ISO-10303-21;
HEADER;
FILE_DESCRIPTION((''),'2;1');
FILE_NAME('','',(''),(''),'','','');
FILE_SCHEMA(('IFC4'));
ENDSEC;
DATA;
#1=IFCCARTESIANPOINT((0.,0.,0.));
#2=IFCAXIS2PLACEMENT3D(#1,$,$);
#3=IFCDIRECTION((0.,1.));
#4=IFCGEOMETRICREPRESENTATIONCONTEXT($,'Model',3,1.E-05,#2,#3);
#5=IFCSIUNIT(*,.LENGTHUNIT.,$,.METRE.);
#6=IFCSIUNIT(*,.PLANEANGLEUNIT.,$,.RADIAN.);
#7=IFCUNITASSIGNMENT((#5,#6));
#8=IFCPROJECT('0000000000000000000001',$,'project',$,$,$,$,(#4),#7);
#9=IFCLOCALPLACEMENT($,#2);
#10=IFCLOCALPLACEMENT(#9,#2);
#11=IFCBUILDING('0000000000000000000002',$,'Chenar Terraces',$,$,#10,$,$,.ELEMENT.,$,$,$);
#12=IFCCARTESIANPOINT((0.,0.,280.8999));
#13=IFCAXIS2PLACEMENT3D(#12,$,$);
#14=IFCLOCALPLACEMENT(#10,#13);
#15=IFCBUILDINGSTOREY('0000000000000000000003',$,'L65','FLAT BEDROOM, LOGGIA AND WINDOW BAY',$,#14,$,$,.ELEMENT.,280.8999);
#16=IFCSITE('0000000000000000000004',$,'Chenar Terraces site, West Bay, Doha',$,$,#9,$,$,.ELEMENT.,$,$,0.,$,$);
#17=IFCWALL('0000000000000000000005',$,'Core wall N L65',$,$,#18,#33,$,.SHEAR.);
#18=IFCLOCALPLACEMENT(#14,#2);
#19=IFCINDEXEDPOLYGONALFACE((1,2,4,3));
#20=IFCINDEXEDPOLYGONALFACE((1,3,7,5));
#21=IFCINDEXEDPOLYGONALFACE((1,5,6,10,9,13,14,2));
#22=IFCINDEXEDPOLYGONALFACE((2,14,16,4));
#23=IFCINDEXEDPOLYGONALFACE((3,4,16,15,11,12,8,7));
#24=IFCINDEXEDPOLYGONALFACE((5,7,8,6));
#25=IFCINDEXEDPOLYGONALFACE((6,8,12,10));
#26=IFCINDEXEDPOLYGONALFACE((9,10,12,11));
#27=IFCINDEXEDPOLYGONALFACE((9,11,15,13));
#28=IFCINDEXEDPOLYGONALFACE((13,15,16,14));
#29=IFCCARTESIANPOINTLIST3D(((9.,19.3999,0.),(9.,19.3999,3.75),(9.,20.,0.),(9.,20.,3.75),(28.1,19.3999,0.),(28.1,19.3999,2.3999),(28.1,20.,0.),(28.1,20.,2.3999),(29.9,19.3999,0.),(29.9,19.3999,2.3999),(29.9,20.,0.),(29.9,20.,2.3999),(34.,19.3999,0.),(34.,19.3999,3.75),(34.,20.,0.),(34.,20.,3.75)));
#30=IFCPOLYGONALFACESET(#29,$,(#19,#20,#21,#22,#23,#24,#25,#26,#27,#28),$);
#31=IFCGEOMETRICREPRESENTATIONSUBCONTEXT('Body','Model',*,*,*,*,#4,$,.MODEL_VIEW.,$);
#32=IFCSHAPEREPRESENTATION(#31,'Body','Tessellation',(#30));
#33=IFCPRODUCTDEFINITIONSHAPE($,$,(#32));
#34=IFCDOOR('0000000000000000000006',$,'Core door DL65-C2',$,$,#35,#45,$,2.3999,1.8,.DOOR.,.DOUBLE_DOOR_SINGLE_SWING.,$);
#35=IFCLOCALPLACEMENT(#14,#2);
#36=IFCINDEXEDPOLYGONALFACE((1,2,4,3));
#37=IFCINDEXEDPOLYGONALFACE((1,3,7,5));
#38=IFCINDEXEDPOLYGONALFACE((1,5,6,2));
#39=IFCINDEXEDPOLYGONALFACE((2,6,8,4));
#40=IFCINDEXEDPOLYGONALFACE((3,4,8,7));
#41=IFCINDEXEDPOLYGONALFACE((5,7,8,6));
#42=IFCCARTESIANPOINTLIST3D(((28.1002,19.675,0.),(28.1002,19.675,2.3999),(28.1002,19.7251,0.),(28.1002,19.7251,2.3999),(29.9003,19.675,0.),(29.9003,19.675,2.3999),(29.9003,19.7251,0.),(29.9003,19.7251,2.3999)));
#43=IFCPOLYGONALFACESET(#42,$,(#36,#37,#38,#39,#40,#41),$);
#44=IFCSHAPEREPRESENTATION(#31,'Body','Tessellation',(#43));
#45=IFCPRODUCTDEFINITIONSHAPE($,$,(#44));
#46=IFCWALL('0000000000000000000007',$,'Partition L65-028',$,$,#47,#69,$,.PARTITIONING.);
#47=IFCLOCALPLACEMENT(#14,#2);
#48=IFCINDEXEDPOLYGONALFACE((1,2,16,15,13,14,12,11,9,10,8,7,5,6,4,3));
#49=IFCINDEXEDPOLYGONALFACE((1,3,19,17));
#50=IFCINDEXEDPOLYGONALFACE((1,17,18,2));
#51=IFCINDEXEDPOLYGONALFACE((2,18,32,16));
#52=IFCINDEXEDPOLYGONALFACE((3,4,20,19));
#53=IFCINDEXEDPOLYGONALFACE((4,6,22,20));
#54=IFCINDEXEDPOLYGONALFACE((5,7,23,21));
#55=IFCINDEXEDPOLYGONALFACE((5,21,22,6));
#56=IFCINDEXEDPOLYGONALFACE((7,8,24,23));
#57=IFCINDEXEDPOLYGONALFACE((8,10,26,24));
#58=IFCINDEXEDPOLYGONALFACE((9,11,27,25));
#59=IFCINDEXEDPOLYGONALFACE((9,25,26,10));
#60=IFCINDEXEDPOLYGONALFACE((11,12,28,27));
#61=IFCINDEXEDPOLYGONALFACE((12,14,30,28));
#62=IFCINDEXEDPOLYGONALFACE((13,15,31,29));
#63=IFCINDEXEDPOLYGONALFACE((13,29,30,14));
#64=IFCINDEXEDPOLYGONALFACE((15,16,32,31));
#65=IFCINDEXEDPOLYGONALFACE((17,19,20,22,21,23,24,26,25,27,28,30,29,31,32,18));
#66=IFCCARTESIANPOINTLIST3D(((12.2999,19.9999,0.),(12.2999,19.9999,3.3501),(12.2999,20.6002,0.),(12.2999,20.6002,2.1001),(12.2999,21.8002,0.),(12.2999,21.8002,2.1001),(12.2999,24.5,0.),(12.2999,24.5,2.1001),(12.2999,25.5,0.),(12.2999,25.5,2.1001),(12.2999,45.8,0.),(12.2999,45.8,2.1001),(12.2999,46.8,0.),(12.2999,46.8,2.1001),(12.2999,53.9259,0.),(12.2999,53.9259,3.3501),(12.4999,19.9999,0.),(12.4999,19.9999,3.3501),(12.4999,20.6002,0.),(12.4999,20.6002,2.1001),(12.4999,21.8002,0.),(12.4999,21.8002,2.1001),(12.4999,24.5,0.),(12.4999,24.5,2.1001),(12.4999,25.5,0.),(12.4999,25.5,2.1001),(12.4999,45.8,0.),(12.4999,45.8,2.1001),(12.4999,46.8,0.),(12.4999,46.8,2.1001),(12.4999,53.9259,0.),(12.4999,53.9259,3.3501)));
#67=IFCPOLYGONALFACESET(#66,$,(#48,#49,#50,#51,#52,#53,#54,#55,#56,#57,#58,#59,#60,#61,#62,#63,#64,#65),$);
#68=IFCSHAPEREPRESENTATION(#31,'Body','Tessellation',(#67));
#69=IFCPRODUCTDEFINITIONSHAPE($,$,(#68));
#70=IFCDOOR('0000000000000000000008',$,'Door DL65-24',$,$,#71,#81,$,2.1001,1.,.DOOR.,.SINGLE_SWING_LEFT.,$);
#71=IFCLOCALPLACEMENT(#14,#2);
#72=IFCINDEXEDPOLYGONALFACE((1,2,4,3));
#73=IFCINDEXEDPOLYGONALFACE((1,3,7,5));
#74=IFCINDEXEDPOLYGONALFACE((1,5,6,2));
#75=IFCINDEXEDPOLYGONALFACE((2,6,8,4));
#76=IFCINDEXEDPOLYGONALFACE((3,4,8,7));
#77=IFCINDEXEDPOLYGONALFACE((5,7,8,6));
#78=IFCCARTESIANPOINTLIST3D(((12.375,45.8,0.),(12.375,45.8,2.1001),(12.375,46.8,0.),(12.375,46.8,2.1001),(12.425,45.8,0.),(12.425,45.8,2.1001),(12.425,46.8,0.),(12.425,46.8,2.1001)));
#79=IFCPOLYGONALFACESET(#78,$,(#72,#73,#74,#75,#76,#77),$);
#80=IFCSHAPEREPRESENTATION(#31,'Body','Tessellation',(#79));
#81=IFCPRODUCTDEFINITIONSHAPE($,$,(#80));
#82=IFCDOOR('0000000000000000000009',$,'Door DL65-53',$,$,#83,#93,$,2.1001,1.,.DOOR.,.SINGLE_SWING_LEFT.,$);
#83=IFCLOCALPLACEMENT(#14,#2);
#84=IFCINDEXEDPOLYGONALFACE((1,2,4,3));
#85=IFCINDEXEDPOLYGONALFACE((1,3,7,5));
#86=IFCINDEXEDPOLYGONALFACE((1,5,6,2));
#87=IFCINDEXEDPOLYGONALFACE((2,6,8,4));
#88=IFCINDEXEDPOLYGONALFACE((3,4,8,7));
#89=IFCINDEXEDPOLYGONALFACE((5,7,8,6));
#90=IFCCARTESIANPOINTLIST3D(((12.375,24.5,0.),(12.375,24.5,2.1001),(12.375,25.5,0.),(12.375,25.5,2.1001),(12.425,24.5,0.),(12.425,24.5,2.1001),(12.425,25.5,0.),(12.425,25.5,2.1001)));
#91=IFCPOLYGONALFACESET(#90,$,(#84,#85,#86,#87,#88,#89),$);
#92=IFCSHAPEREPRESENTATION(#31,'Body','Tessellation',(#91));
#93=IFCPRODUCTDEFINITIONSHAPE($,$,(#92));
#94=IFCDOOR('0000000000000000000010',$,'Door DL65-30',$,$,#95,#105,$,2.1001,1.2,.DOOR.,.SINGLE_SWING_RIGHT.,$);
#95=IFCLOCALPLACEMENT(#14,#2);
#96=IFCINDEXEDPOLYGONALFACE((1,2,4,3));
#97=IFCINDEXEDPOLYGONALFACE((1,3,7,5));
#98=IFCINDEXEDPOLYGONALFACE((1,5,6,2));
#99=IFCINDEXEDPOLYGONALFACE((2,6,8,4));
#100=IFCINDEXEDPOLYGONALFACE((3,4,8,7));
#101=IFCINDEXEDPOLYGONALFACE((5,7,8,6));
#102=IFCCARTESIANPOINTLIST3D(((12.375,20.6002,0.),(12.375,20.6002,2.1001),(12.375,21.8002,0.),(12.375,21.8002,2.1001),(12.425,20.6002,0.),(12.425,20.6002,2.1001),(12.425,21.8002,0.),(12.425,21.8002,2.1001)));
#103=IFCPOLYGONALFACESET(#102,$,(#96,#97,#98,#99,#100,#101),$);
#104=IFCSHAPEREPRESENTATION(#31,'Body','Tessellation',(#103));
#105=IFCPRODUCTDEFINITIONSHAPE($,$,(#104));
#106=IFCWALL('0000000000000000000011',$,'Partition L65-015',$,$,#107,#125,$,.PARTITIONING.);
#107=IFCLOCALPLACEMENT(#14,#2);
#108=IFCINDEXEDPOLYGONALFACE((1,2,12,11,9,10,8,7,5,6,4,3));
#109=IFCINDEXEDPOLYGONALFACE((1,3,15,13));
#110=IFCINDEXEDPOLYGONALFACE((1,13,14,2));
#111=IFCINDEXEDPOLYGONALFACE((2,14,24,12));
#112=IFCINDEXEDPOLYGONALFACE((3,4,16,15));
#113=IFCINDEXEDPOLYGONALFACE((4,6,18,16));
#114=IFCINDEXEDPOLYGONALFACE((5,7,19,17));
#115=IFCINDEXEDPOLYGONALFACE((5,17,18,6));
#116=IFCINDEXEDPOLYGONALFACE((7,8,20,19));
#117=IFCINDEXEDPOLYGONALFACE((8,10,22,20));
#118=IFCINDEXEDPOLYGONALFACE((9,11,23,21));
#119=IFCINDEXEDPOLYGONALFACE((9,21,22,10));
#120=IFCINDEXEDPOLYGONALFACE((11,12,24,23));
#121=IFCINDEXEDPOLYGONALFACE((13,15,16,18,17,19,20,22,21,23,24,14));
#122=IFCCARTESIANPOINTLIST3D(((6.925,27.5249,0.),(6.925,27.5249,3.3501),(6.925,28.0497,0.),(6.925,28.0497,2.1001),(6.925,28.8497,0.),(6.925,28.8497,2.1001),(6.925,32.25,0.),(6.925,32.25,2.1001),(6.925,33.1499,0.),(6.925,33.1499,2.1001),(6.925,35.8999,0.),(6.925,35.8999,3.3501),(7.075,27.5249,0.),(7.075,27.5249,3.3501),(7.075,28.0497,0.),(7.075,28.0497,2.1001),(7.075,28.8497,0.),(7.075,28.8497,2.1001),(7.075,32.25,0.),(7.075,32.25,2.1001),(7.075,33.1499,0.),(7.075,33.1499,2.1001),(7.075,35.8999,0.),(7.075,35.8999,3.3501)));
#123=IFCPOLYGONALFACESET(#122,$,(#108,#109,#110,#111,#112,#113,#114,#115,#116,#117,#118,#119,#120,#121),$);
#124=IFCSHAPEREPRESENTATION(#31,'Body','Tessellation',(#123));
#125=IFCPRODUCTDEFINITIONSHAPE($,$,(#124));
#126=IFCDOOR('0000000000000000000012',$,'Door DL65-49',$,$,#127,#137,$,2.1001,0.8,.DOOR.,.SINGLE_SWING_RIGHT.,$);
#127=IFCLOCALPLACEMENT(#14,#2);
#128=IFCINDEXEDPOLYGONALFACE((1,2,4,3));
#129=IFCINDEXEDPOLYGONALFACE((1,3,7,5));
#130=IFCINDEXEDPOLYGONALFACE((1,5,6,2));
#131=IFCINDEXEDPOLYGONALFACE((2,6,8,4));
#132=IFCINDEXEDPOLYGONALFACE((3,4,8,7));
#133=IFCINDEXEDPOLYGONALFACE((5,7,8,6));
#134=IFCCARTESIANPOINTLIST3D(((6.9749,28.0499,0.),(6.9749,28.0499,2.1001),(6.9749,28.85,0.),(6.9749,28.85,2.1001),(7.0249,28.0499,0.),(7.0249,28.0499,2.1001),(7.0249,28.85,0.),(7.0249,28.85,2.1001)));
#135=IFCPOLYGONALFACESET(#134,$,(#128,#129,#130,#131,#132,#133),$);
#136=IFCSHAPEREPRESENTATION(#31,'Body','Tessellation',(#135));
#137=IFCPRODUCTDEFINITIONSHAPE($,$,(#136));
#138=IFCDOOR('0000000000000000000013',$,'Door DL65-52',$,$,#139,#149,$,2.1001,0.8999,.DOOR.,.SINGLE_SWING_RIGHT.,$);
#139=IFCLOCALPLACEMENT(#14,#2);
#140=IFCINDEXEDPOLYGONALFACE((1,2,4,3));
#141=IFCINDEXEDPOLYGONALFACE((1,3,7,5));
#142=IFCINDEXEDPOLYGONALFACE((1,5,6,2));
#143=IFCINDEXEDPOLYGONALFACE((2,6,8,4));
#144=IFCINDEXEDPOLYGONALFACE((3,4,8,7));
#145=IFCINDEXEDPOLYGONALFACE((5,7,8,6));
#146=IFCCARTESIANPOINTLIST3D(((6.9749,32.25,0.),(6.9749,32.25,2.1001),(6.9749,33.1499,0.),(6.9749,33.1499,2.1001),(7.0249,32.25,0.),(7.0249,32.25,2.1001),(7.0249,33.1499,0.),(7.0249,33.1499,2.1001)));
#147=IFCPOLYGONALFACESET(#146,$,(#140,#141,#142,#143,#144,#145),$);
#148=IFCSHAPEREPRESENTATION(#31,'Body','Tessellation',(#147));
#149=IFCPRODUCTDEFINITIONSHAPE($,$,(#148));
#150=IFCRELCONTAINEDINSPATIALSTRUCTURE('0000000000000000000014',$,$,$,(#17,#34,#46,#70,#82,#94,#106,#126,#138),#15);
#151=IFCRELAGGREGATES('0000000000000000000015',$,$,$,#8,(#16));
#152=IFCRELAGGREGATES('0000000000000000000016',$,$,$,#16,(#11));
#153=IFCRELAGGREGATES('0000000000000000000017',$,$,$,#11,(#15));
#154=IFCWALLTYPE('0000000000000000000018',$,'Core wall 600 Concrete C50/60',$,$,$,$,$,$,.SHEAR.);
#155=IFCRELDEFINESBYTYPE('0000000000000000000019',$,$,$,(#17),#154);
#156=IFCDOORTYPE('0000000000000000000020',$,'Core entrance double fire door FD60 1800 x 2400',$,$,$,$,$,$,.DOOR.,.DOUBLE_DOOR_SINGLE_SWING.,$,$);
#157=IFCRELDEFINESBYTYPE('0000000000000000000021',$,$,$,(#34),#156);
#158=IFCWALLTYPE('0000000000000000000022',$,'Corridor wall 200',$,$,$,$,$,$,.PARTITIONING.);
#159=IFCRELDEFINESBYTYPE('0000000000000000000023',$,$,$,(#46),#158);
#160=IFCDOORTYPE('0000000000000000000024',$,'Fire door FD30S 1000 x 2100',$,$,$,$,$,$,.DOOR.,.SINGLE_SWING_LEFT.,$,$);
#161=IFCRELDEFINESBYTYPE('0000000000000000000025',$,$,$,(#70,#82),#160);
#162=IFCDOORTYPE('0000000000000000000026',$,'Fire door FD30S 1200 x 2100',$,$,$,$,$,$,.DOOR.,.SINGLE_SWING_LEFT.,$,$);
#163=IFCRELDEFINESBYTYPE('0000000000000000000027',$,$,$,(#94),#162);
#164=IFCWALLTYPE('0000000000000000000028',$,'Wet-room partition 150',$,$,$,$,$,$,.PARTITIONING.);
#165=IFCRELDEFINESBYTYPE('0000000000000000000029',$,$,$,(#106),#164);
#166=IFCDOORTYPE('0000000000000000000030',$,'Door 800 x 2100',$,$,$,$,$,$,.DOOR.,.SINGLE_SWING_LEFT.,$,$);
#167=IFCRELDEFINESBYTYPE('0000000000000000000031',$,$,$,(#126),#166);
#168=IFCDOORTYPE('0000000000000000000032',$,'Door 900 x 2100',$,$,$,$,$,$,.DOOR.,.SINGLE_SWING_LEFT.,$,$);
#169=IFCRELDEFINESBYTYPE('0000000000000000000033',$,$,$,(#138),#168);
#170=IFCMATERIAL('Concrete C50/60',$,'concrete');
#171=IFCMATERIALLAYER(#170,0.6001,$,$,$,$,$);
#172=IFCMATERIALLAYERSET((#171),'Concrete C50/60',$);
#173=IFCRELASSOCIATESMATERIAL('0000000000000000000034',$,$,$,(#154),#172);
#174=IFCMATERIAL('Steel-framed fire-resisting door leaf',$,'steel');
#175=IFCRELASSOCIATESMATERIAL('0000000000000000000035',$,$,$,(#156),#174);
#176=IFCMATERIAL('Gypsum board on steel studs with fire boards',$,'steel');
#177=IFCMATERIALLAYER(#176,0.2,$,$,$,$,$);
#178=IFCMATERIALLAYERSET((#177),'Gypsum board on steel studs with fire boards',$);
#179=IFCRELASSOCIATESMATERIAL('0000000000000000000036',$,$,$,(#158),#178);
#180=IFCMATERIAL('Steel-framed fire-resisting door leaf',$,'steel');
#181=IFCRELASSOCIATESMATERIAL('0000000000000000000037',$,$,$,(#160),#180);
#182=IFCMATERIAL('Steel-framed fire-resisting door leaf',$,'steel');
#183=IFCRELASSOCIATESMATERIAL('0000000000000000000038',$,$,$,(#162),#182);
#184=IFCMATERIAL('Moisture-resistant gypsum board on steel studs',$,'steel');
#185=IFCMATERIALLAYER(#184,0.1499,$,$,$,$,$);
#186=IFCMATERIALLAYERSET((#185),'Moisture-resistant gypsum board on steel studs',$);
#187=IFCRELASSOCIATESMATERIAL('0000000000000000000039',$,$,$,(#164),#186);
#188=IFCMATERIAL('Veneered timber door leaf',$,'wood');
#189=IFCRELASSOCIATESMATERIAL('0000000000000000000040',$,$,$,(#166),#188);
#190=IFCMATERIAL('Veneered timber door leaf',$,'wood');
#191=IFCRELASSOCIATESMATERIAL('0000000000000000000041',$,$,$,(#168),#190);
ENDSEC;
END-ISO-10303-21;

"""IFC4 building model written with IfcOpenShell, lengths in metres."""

from ifc_helpers import new_model, si_unit, direction, frame, frame_2d, origin, place, context, subcontext, project, spatial, rectangle, extrude, material, layer, layer_set, type_object, element, fill, save


model = new_model("IFC4")

# Units and contexts
model_context = context("Model", 3, precision=1e-05, world=origin(), true_north=direction((0.0, 1.0)))
body_context = subcontext(model_context, "Body", "Model", "MODEL_VIEW")
ifc_project = project(units=[si_unit("LENGTHUNIT", "METRE"), si_unit("PLANEANGLEUNIT", "RADIAN")], contexts=[model_context])

# Site, building, storey
site_placement = place(None, origin())
site = spatial("IfcSite", under=ifc_project, at=site_placement, Name="Chenar Terraces site, West Bay, Doha", CompositionType="ELEMENT", RefElevation=0.0)
building_placement = place(site_placement, origin())
building = spatial("IfcBuilding", under=site, at=building_placement, Name="Chenar Terraces", CompositionType="ELEMENT")
storey_placement = place(building_placement, frame((0.0, 0.0, 280.8999)))
storey = spatial("IfcBuildingStorey", under=building, at=storey_placement, Name="L65", Description="FLAT BEDROOM, LOGGIA AND WINDOW BAY", CompositionType="ELEMENT", Elevation=280.8999)

# Wall, opening, door
ifc_material_1 = material(Name="Concrete C50/60", Category="concrete")
ifc_layer_1 = layer(ifc_material_1, 0.6001)
ifc_layer_set_1 = layer_set([ifc_layer_1], Name="Concrete C50/60")
wall_type_1 = type_object("IfcWallType", Name="Core wall 600 Concrete C50/60", PredefinedType="SHEAR", material=ifc_layer_set_1)
wall_1_placement = place(storey_placement, frame((9.0, 19.7, 0.0), z_axis=(0.0, 0.0, 1.0), x_axis=(1.0, 0.0, 0.0)))
wall_1 = element("IfcWall", 1, at=wall_1_placement, inside=storey, type_object=wall_type_1, Name="Core wall N L65", PredefinedType="SHEAR", context=body_context, shape_type="SweptSolid", body=[
    extrude(rectangle(XDim=25.0, YDim=0.6001, at=frame_2d((12.5, 0.0))), origin(), (0.0, 0.0, 1.0), 3.75),
])
opening_1_placement = place(wall_1_placement, frame((19.1001, 0.0, 0.0)))
opening_1 = element("IfcOpeningElement", 2, at=opening_1_placement, cuts=wall_1, PredefinedType="OPENING", context=body_context, shape_type="SweptSolid", body=[
    extrude(rectangle(XDim=1.8, YDim=2.3999, at=frame_2d((0.8999, 1.2))), frame((0.0, 0.3101, 0.0), z_axis=(0.0, -1.0, 0.0), x_axis=(1.0, 0.0, 0.0)), (0.0, 0.0, 1.0), 0.6201),
])
ifc_material_2 = material(Name="Steel-framed fire-resisting door leaf", Category="steel")
door_type_1 = type_object("IfcDoorType", Name="Core entrance double fire door FD60 1800 x 2400", OperationType="DOUBLE_DOOR_SINGLE_SWING", PredefinedType="DOOR", material=ifc_material_2)
door_1_placement = place(opening_1_placement, frame((1.8, 0.0, 0.0), z_axis=(0.0, 0.0, 1.0), x_axis=(-1.0, 0.0, 0.0)))
door_1 = element("IfcDoor", 3, at=door_1_placement, inside=storey, type_object=door_type_1, Name="Core door DL65-C2", OperationType="DOUBLE_DOOR_SINGLE_SWING", OverallHeight=2.3999, OverallWidth=1.8, PredefinedType="DOOR", context=body_context, shape_type="SweptSolid", body=[
    extrude(rectangle(XDim=1.8, YDim=2.3999, at=frame_2d((0.8999, 1.2))), frame((0.0, 0.0249, 0.0), z_axis=(0.0, -1.0, 0.0), x_axis=(1.0, 0.0, 0.0)), (0.0, 0.0, 1.0), 0.05),
])
fill(opening_1, door_1)

# Walls, openings, doors
ifc_material_3 = material(Name="Gypsum board on steel studs with fire boards", Category="steel")
ifc_layer_2 = layer(ifc_material_3, 0.2)
ifc_layer_set_2 = layer_set([ifc_layer_2], Name="Gypsum board on steel studs with fire boards")
wall_type_2 = type_object("IfcWallType", Name="Corridor wall 200", PredefinedType="PARTITIONING", material=ifc_layer_set_2)
wall_2_placement = place(storey_placement, frame((12.3999, 20.0, 0.0), z_axis=(0.0, 0.0, 1.0), x_axis=(0.0, 1.0, 0.0)))
wall_2 = element("IfcWall", 4, at=wall_2_placement, inside=storey, type_object=wall_type_2, Name="Partition L65-028", PredefinedType="PARTITIONING", context=body_context, shape_type="SweptSolid", body=[
    extrude(rectangle(XDim=33.926, YDim=0.2, at=frame_2d((16.9629, 0.0))), origin(), (0.0, 0.0, 1.0), 3.3501),
])
opening_2_placement = place(wall_2_placement, frame((25.8, 0.0, 0.0)))
opening_2 = element("IfcOpeningElement", 5, at=opening_2_placement, cuts=wall_2, PredefinedType="OPENING", context=body_context, shape_type="SweptSolid", body=[
    extrude(rectangle(XDim=1.0, YDim=2.1001, at=frame_2d((0.5, 1.05))), frame((0.0, 0.1099, 0.0), z_axis=(0.0, -1.0, 0.0), x_axis=(1.0, 0.0, 0.0)), (0.0, 0.0, 1.0), 0.22),
])
opening_3_placement = place(wall_2_placement, frame((0.6001, 0.0, 0.0)))
opening_3 = element("IfcOpeningElement", 6, at=opening_3_placement, cuts=wall_2, PredefinedType="OPENING", context=body_context, shape_type="SweptSolid", body=[
    extrude(rectangle(XDim=1.2, YDim=2.1001, at=frame_2d((0.6001, 1.05))), frame((0.0, 0.1099, 0.0), z_axis=(0.0, -1.0, 0.0), x_axis=(1.0, 0.0, 0.0)), (0.0, 0.0, 1.0), 0.22),
])
opening_4_placement = place(wall_2_placement, frame((4.5, 0.0, 0.0)))
opening_4 = element("IfcOpeningElement", 7, at=opening_4_placement, cuts=wall_2, PredefinedType="OPENING", context=body_context, shape_type="SweptSolid", body=[
    extrude(rectangle(XDim=1.0, YDim=2.1001, at=frame_2d((0.5, 1.05))), frame((0.0, 0.1099, 0.0), z_axis=(0.0, -1.0, 0.0), x_axis=(1.0, 0.0, 0.0)), (0.0, 0.0, 1.0), 0.22),
])
ifc_material_4 = material(Name="Steel-framed fire-resisting door leaf", Category="steel")
door_type_2 = type_object("IfcDoorType", Name="Fire door FD30S 1000 x 2100", OperationType="SINGLE_SWING_LEFT", PredefinedType="DOOR", material=ifc_material_4)
door_2_placement = place(opening_2_placement, origin())
door_2 = element("IfcDoor", 8, at=door_2_placement, inside=storey, type_object=door_type_2, Name="Door DL65-24", OperationType="SINGLE_SWING_LEFT", OverallHeight=2.1001, OverallWidth=1.0, PredefinedType="DOOR", context=body_context, shape_type="SweptSolid", body=[
    extrude(rectangle(XDim=1.0, YDim=2.1001, at=frame_2d((0.5, 1.05))), frame((0.0, 0.0249, 0.0), z_axis=(0.0, -1.0, 0.0), x_axis=(1.0, 0.0, 0.0)), (0.0, 0.0, 1.0), 0.05),
])
fill(opening_2, door_2)
door_3_placement = place(opening_4_placement, origin())
door_3 = element("IfcDoor", 9, at=door_3_placement, inside=storey, type_object=door_type_2, Name="Door DL65-53", OperationType="SINGLE_SWING_LEFT", OverallHeight=2.1001, OverallWidth=1.0, PredefinedType="DOOR", context=body_context, shape_type="SweptSolid", body=[
    extrude(rectangle(XDim=1.0, YDim=2.1001, at=frame_2d((0.5, 1.05))), frame((0.0, 0.0249, 0.0), z_axis=(0.0, -1.0, 0.0), x_axis=(1.0, 0.0, 0.0)), (0.0, 0.0, 1.0), 0.05),
])
fill(opening_4, door_3)
ifc_material_5 = material(Name="Steel-framed fire-resisting door leaf", Category="steel")
door_type_3 = type_object("IfcDoorType", Name="Fire door FD30S 1200 x 2100", OperationType="SINGLE_SWING_LEFT", PredefinedType="DOOR", material=ifc_material_5)
door_4_placement = place(opening_3_placement, origin())
door_4 = element("IfcDoor", 10, at=door_4_placement, inside=storey, type_object=door_type_3, Name="Door DL65-30", OperationType="SINGLE_SWING_RIGHT", OverallHeight=2.1001, OverallWidth=1.2, PredefinedType="DOOR", context=body_context, shape_type="SweptSolid", body=[
    extrude(rectangle(XDim=1.2, YDim=2.1001, at=frame_2d((0.6001, 1.05))), frame((0.0, 0.0249, 0.0), z_axis=(0.0, -1.0, 0.0), x_axis=(1.0, 0.0, 0.0)), (0.0, 0.0, 1.0), 0.05),
])
fill(opening_3, door_4)
ifc_material_6 = material(Name="Moisture-resistant gypsum board on steel studs", Category="steel")
ifc_layer_3 = layer(ifc_material_6, 0.1499)
ifc_layer_set_3 = layer_set([ifc_layer_3], Name="Moisture-resistant gypsum board on steel studs")
wall_type_3 = type_object("IfcWallType", Name="Wet-room partition 150", PredefinedType="PARTITIONING", material=ifc_layer_set_3)
wall_3_placement = place(storey_placement, frame((7.0, 27.5249, 0.0), z_axis=(0.0, 0.0, 1.0), x_axis=(0.0, 1.0, 0.0)))
wall_3 = element("IfcWall", 11, at=wall_3_placement, inside=storey, type_object=wall_type_3, Name="Partition L65-015", PredefinedType="PARTITIONING", context=body_context, shape_type="SweptSolid", body=[
    extrude(rectangle(XDim=8.375, YDim=0.1499, at=frame_2d((4.1875, 0.0))), origin(), (0.0, 0.0, 1.0), 3.3501),
])
opening_5_placement = place(wall_3_placement, frame((0.5249, 0.0, 0.0)))
opening_5 = element("IfcOpeningElement", 12, at=opening_5_placement, cuts=wall_3, PredefinedType="OPENING", context=body_context, shape_type="SweptSolid", body=[
    extrude(rectangle(XDim=0.8, YDim=2.1001, at=frame_2d((0.3999, 1.05))), frame((0.0, 0.085, 0.0), z_axis=(0.0, -1.0, 0.0), x_axis=(1.0, 0.0, 0.0)), (0.0, 0.0, 1.0), 0.1699),
])
opening_6_placement = place(wall_3_placement, frame((4.7251, 0.0, 0.0)))
opening_6 = element("IfcOpeningElement", 13, at=opening_6_placement, cuts=wall_3, PredefinedType="OPENING", context=body_context, shape_type="SweptSolid", body=[
    extrude(rectangle(XDim=0.8999, YDim=2.1001, at=frame_2d((0.45, 1.05))), frame((0.0, 0.085, 0.0), z_axis=(0.0, -1.0, 0.0), x_axis=(1.0, 0.0, 0.0)), (0.0, 0.0, 1.0), 0.1699),
])
ifc_material_7 = material(Name="Veneered timber door leaf", Category="wood")
door_type_4 = type_object("IfcDoorType", Name="Door 800 x 2100", OperationType="SINGLE_SWING_LEFT", PredefinedType="DOOR", material=ifc_material_7)
door_5_placement = place(opening_5_placement, frame((0.8, 0.0, 0.0), z_axis=(0.0, 0.0, 1.0), x_axis=(-1.0, 0.0, 0.0)))
door_5 = element("IfcDoor", 14, at=door_5_placement, inside=storey, type_object=door_type_4, Name="Door DL65-49", OperationType="SINGLE_SWING_RIGHT", OverallHeight=2.1001, OverallWidth=0.8, PredefinedType="DOOR", context=body_context, shape_type="SweptSolid", body=[
    extrude(rectangle(XDim=0.8, YDim=2.1001, at=frame_2d((0.3999, 1.05))), frame((0.0, 0.0249, 0.0), z_axis=(0.0, -1.0, 0.0), x_axis=(1.0, 0.0, 0.0)), (0.0, 0.0, 1.0), 0.05),
])
fill(opening_5, door_5)
ifc_material_8 = material(Name="Veneered timber door leaf", Category="wood")
door_type_5 = type_object("IfcDoorType", Name="Door 900 x 2100", OperationType="SINGLE_SWING_LEFT", PredefinedType="DOOR", material=ifc_material_8)
door_6_placement = place(opening_6_placement, frame((0.8999, 0.0, 0.0), z_axis=(0.0, 0.0, 1.0), x_axis=(-1.0, 0.0, 0.0)))
door_6 = element("IfcDoor", 15, at=door_6_placement, inside=storey, type_object=door_type_5, Name="Door DL65-52", OperationType="SINGLE_SWING_RIGHT", OverallHeight=2.1001, OverallWidth=0.8999, PredefinedType="DOOR", context=body_context, shape_type="SweptSolid", body=[
    extrude(rectangle(XDim=0.8999, YDim=2.1001, at=frame_2d((0.45, 1.05))), frame((0.0, 0.0249, 0.0), z_axis=(0.0, -1.0, 0.0), x_axis=(1.0, 0.0, 0.0)), (0.0, 0.0, 1.0), 0.05),
])
fill(opening_6, door_6)

save(model, "model.ifc")
